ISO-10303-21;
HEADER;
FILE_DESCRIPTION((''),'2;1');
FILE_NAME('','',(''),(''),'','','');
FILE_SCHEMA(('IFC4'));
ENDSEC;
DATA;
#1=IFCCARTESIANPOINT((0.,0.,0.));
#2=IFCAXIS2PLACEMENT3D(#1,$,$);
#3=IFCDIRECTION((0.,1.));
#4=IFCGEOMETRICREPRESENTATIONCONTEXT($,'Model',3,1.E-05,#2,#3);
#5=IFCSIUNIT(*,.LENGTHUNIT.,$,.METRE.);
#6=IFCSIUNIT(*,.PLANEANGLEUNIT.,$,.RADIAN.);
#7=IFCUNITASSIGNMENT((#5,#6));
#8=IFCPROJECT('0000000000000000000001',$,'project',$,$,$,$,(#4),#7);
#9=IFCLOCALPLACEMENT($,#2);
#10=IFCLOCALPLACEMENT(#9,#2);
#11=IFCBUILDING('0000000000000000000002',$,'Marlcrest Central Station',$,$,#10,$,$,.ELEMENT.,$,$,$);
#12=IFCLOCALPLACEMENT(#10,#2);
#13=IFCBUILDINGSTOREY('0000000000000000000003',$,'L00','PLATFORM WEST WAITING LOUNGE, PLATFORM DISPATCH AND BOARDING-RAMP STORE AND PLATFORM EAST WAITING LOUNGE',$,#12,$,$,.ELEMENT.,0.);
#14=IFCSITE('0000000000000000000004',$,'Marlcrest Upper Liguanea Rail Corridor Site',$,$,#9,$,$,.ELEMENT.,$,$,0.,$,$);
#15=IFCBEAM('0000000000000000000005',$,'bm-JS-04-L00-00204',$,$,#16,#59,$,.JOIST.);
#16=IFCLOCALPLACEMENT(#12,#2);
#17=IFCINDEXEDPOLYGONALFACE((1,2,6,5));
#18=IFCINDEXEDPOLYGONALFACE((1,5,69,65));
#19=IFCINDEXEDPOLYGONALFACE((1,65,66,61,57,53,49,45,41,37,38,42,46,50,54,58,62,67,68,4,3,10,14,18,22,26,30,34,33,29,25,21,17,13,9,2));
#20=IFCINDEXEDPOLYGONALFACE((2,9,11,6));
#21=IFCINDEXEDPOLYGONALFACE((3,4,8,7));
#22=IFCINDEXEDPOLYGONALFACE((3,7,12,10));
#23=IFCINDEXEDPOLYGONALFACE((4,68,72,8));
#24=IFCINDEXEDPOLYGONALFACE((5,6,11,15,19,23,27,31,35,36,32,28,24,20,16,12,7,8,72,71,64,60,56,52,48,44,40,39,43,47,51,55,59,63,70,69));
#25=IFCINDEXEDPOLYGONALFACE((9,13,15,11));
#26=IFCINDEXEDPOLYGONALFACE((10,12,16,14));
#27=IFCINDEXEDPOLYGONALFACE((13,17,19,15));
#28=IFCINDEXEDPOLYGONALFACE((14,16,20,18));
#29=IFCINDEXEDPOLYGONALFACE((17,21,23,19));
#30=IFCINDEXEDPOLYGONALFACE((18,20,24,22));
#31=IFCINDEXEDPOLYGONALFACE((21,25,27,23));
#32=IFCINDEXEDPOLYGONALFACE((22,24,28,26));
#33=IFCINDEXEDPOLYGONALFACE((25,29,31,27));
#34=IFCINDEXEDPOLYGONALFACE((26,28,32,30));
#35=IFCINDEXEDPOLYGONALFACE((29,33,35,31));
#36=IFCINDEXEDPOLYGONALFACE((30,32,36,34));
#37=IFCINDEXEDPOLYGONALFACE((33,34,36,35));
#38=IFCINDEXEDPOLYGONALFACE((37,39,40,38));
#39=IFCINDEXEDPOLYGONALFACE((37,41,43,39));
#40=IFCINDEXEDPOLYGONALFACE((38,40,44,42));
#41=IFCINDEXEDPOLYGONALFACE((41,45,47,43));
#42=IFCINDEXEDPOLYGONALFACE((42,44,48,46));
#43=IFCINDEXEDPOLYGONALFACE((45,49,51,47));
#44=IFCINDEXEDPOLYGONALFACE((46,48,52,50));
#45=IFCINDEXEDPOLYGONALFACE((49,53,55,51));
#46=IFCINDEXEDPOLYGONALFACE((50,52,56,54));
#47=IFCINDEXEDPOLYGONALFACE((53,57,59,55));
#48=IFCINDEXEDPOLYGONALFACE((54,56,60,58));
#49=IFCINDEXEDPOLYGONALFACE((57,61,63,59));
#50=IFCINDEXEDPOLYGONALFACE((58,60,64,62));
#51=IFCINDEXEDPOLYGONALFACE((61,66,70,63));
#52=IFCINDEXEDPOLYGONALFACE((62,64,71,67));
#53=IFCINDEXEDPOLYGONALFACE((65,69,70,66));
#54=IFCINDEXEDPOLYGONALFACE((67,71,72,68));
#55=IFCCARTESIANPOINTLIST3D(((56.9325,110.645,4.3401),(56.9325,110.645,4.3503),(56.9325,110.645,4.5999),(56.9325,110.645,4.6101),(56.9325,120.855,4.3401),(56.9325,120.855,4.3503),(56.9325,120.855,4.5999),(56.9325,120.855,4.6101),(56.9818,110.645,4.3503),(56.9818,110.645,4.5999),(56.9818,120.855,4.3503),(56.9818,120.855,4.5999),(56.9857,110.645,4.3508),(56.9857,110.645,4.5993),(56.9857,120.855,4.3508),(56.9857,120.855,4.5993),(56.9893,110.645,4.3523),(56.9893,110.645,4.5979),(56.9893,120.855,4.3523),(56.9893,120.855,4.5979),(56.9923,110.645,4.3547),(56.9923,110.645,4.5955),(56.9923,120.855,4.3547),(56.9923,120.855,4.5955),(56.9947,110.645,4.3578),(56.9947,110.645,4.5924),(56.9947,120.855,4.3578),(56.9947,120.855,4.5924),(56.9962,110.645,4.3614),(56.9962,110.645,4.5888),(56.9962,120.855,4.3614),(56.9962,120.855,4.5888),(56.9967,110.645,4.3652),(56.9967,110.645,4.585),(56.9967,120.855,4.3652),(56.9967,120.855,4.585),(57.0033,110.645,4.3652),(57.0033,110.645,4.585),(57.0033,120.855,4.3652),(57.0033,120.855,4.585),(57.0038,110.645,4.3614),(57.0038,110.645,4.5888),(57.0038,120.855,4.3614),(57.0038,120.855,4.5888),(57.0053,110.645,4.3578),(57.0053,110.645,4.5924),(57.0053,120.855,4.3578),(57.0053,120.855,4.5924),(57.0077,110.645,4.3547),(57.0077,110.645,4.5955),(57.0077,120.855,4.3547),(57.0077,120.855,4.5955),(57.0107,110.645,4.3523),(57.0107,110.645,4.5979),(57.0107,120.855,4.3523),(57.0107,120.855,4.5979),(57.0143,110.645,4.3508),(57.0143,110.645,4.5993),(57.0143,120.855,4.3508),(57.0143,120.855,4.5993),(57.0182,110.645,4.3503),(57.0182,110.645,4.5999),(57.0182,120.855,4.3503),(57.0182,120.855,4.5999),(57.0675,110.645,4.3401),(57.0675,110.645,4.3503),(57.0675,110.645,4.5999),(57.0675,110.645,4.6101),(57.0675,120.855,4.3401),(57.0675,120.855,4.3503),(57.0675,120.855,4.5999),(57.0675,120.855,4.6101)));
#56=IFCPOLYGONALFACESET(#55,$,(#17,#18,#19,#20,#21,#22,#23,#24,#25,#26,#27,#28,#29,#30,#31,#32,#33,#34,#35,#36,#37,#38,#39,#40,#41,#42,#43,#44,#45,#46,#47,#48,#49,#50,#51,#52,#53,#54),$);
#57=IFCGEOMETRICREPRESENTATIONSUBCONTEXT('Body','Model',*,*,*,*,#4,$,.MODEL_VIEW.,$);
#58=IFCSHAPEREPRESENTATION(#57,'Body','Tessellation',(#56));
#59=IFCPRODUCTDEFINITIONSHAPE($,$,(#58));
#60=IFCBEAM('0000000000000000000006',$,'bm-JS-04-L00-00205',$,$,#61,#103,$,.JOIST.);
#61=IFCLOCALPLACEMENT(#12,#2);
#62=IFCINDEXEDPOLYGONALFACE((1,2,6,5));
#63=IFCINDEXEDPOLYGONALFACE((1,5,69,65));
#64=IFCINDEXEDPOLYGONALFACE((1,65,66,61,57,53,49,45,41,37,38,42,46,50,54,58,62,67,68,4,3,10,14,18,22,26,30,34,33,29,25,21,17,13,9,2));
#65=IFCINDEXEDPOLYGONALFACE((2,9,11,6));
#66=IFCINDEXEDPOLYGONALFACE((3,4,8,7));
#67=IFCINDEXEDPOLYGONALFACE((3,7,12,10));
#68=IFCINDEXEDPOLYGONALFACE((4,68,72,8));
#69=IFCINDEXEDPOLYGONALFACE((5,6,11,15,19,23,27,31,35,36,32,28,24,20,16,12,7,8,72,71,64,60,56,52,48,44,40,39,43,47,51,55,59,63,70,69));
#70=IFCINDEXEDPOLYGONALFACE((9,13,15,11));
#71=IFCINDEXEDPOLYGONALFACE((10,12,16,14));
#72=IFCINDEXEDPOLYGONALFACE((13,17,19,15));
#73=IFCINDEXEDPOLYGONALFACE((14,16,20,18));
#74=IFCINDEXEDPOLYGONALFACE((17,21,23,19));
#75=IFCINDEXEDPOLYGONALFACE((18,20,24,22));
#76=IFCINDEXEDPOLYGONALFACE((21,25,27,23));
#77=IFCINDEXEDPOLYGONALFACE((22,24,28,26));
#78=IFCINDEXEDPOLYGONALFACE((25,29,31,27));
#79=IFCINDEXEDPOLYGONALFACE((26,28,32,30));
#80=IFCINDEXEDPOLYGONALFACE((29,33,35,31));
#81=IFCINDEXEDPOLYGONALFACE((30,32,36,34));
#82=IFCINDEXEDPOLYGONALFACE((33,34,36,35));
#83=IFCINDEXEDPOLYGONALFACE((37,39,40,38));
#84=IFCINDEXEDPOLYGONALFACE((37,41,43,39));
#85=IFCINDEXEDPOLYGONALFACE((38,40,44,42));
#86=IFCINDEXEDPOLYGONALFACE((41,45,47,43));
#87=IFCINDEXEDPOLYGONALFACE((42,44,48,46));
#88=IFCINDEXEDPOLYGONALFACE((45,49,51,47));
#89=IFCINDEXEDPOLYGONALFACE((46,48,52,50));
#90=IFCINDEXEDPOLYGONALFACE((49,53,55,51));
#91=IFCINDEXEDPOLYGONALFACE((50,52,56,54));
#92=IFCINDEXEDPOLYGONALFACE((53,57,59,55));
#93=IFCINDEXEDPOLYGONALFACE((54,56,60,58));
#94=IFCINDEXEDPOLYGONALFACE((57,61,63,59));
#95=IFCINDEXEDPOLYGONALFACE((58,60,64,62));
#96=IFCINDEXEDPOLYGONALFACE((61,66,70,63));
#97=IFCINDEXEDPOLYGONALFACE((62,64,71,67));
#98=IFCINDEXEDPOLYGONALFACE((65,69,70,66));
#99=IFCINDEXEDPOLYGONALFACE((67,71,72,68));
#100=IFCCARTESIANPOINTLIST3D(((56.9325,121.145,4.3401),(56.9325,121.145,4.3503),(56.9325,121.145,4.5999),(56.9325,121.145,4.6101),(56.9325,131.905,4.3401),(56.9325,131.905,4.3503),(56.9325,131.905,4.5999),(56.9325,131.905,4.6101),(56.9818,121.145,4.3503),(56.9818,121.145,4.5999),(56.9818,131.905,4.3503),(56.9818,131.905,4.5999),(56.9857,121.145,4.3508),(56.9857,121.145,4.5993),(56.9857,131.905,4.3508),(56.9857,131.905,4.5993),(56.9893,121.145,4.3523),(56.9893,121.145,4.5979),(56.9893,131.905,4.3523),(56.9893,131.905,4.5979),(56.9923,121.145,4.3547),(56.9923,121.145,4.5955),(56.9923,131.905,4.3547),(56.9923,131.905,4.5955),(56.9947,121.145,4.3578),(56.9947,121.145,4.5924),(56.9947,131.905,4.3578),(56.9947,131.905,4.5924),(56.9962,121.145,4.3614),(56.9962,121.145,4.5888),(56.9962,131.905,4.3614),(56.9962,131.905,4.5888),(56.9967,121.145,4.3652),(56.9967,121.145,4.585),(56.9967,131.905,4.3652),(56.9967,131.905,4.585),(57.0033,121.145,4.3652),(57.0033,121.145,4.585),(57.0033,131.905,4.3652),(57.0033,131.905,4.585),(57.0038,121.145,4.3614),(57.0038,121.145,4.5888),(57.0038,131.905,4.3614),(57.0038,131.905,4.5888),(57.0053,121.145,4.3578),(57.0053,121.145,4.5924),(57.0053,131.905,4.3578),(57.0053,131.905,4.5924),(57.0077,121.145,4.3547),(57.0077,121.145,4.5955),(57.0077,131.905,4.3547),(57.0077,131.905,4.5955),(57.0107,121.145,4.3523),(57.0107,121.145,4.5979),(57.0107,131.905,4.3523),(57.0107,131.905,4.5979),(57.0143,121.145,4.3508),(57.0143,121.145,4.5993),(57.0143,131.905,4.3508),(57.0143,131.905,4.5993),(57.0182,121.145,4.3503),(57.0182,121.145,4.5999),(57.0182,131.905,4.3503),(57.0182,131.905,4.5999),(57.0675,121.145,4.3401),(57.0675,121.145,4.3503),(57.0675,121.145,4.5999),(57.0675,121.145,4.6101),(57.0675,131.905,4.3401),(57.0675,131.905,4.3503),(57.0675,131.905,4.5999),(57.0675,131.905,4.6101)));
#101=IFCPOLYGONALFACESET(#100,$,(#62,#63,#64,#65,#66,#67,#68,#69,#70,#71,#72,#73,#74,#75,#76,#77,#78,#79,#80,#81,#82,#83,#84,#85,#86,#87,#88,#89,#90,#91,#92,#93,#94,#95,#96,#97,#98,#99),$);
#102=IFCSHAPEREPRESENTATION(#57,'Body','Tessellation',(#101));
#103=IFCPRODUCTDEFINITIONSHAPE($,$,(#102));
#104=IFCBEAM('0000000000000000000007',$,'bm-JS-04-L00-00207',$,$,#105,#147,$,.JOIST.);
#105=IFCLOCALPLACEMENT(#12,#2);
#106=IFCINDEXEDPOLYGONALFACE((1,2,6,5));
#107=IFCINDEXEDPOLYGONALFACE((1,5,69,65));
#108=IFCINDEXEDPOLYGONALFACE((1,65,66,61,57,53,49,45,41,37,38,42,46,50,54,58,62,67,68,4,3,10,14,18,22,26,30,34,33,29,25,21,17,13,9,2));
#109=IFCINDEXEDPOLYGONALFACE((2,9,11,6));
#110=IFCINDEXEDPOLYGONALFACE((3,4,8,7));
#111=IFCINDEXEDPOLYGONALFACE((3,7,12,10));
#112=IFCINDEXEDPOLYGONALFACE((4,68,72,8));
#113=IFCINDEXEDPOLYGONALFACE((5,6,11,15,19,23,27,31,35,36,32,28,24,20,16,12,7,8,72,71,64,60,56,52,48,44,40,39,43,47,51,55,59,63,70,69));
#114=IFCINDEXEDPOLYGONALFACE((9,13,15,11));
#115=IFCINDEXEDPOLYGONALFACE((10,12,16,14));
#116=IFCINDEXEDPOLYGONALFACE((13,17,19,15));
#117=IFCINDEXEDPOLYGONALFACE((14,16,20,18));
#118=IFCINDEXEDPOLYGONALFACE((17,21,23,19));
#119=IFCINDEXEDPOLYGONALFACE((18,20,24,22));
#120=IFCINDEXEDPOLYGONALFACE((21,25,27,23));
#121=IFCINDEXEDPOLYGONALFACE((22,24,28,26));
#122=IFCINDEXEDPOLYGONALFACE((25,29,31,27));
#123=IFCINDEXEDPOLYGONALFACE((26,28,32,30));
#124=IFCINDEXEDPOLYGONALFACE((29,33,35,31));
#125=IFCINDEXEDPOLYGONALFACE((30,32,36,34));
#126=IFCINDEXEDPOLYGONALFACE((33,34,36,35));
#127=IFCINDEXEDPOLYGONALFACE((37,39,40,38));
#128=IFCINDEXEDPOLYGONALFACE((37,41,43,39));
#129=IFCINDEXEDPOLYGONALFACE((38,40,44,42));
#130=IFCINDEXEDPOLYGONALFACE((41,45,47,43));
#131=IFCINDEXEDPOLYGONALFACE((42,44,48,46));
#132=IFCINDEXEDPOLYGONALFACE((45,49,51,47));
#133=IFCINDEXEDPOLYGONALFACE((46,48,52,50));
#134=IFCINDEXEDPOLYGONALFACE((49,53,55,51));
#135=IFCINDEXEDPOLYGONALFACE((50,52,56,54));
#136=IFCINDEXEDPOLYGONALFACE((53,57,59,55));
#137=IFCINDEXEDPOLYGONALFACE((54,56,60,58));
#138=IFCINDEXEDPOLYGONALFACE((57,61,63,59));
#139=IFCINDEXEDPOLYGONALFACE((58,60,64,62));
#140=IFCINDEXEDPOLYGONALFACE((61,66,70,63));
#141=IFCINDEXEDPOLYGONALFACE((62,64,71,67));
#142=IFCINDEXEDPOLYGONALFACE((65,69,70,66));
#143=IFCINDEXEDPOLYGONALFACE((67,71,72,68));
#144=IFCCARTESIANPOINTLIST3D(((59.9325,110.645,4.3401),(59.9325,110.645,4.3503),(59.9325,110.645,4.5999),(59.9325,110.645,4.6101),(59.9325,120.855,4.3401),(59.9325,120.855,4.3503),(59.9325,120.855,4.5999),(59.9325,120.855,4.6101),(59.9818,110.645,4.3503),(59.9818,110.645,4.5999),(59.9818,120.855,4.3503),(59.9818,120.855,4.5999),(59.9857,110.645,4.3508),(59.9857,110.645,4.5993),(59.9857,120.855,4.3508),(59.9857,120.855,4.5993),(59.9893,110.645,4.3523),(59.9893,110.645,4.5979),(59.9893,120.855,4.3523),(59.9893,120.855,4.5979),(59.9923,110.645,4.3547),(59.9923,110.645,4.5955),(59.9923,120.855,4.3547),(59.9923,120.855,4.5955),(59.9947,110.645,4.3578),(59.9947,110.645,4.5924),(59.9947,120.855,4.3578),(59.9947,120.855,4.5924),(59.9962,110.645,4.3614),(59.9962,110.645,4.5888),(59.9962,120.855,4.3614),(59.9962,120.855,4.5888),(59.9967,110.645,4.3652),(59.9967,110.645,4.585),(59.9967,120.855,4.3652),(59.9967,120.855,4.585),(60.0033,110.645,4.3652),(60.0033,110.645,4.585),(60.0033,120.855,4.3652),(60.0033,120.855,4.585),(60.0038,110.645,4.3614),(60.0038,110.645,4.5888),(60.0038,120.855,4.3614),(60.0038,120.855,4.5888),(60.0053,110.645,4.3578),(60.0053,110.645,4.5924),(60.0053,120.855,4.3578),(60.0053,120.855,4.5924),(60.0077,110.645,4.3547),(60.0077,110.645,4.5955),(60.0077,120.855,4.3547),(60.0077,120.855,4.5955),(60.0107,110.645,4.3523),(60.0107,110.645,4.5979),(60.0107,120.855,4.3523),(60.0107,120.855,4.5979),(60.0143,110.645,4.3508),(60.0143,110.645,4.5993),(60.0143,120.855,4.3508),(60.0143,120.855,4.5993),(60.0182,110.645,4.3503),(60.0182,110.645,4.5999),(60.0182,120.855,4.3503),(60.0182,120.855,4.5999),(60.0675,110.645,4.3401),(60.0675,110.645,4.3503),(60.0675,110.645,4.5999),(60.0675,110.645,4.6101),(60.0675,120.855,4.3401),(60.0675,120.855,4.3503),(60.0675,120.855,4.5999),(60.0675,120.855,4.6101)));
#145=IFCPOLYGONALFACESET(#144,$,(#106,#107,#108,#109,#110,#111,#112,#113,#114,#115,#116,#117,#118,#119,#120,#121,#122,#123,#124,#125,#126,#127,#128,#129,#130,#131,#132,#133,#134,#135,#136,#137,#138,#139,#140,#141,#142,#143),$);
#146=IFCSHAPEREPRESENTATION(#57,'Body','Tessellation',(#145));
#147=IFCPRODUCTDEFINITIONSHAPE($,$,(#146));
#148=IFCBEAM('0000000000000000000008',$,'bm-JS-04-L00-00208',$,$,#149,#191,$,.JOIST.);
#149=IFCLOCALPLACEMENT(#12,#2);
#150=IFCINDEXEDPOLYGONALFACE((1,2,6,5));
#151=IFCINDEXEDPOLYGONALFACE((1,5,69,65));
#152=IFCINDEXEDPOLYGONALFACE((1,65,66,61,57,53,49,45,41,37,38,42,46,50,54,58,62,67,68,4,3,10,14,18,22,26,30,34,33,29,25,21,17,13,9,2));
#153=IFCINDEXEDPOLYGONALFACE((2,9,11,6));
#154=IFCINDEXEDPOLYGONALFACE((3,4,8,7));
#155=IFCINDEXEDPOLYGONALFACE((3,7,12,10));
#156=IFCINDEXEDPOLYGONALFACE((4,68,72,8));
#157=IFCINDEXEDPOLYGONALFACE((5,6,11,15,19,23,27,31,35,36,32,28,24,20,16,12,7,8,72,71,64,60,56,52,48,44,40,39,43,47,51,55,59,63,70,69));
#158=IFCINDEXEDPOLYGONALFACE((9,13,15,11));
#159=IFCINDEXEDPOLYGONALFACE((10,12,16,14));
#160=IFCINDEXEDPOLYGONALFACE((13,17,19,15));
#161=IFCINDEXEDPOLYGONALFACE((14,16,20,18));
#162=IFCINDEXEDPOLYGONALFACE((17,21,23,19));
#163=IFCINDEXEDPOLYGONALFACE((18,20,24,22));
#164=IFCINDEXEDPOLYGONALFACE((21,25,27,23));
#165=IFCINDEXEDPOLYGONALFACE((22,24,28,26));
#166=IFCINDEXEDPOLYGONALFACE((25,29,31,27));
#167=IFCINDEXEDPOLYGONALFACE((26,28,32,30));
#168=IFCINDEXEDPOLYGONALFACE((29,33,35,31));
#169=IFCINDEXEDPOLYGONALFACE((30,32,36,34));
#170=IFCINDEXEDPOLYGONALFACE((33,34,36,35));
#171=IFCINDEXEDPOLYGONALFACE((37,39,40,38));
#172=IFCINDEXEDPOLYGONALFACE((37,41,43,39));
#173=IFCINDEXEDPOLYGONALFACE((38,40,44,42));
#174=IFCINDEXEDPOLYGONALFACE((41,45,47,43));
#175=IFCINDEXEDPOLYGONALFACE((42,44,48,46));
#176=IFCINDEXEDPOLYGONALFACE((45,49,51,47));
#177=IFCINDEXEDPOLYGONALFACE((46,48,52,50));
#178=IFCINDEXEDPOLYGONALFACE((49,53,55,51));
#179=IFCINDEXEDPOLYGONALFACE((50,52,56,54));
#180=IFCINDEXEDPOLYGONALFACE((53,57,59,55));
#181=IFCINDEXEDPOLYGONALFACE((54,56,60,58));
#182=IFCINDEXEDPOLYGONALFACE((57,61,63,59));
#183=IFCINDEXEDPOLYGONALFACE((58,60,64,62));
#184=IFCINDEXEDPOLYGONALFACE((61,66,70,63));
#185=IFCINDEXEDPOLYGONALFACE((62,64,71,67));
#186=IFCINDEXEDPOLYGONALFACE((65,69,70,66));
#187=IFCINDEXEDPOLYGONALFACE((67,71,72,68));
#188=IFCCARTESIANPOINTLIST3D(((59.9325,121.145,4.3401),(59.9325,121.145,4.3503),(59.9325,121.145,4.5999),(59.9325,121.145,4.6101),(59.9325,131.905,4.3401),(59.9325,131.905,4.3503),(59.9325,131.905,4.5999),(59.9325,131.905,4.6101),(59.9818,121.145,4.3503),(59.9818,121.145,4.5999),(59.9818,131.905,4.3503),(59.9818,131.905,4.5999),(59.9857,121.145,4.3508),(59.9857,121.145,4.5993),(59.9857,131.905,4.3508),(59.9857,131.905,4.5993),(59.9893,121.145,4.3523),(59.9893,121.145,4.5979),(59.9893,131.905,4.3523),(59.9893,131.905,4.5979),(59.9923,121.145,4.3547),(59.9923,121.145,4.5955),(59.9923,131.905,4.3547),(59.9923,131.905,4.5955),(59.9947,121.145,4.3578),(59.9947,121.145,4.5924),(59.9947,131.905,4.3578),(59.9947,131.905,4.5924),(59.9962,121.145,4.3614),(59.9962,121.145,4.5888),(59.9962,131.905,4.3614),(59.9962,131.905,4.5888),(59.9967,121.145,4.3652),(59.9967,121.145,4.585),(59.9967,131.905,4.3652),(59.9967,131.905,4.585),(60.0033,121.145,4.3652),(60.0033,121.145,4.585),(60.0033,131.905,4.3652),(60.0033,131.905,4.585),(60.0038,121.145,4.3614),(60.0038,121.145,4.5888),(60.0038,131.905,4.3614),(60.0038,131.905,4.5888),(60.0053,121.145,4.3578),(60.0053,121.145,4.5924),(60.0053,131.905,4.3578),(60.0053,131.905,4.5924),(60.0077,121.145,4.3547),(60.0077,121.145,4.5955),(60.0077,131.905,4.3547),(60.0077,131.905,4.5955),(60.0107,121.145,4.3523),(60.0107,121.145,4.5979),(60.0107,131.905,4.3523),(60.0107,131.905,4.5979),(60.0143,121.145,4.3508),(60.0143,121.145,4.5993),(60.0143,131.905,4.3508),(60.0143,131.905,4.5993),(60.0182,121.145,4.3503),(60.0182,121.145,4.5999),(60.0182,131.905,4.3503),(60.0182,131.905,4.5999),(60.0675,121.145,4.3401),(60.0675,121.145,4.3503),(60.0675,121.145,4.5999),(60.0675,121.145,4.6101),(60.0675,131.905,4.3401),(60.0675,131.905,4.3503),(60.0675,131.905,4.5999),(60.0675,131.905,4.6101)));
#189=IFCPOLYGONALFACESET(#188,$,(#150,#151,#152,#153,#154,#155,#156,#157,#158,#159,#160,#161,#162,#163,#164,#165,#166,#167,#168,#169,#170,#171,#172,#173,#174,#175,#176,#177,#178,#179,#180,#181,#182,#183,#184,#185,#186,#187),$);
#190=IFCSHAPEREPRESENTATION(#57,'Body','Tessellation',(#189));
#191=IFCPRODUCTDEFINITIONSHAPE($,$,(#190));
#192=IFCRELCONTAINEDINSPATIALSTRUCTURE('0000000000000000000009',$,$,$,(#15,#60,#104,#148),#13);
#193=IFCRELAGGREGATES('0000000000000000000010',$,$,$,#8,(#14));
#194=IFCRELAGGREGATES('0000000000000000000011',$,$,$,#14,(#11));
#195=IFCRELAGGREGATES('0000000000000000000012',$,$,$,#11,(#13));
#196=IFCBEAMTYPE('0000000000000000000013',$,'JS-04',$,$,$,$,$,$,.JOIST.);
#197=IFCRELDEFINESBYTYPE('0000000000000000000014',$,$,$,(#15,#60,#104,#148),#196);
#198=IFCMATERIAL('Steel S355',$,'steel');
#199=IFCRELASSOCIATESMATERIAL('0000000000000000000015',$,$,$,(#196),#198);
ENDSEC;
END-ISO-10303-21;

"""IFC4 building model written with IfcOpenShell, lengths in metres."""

from ifc_helpers import new_model, si_unit, direction, frame, origin, origin_2d, place, context, subcontext, project, spatial, i_section, extrude, material, material_profile, profile_set, type_object, element, save


model = new_model("IFC4")

# Units and contexts
model_context = context("Model", 3, precision=1e-05, world=origin(), true_north=direction((0.0, 1.0)))
body_context = subcontext(model_context, "Body", "Model", "MODEL_VIEW")
ifc_project = project(units=[si_unit("LENGTHUNIT", "METRE"), si_unit("PLANEANGLEUNIT", "RADIAN")], contexts=[model_context])

# Site, building, storey
site_placement = place(None, origin())
site = spatial("IfcSite", under=ifc_project, at=site_placement, Name="Marlcrest Upper Liguanea Rail Corridor Site", CompositionType="ELEMENT", RefElevation=0.0)
building_placement = place(site_placement, origin())
building = spatial("IfcBuilding", under=site, at=building_placement, Name="Marlcrest Central Station", CompositionType="ELEMENT")
storey_placement = place(building_placement, origin())
storey = spatial("IfcBuildingStorey", under=building, at=storey_placement, Name="L00", Description="PLATFORM WEST WAITING LOUNGE, PLATFORM DISPATCH AND BOARDING-RAMP STORE AND PLATFORM EAST WAITING LOUNGE", CompositionType="ELEMENT", Elevation=0.0)

# Shared definitions
ifc_material_1 = material(Name="Steel S355", Category="steel")

# Beams
ifc_material_profile_1 = material_profile(ifc_material_1, i_section(OverallWidth=0.135, OverallDepth=0.27, WebThickness=0.0066, FlangeThickness=0.0103, FilletRadius=0.0149, at=origin_2d()), Name="IPE 270")
ifc_profile_set_1 = profile_set([ifc_material_profile_1], Name="Steel S355")
beam_type_1 = type_object("IfcBeamType", Name="JS-04", PredefinedType="JOIST", material=ifc_profile_set_1)
beam_1_placement = place(storey_placement, frame((57.0, 110.645, 4.4751), z_axis=(0.0, 1.0, 0.0), x_axis=(-1.0, 0.0, 0.0)))
element("IfcBeam", 1, at=beam_1_placement, inside=storey, type_object=beam_type_1, Name="bm-JS-04-L00-00204", PredefinedType="JOIST", context=body_context, shape_type="SweptSolid", body=[
    extrude(i_section(OverallWidth=0.135, OverallDepth=0.27, WebThickness=0.0066, FlangeThickness=0.0103, FilletRadius=0.0149, at=origin_2d()), origin(), (0.0, 0.0, 1.0), 10.21),
])
beam_2_placement = place(storey_placement, frame((57.0, 121.145, 4.4751), z_axis=(0.0, 1.0, 0.0), x_axis=(-1.0, 0.0, 0.0)))
element("IfcBeam", 2, at=beam_2_placement, inside=storey, type_object=beam_type_1, Name="bm-JS-04-L00-00205", PredefinedType="JOIST", context=body_context, shape_type="SweptSolid", body=[
    extrude(i_section(OverallWidth=0.135, OverallDepth=0.27, WebThickness=0.0066, FlangeThickness=0.0103, FilletRadius=0.0149, at=origin_2d()), origin(), (0.0, 0.0, 1.0), 10.76),
])
beam_3_placement = place(storey_placement, frame((60.0, 110.645, 4.4751), z_axis=(0.0, 1.0, 0.0), x_axis=(-1.0, 0.0, 0.0)))
element("IfcBeam", 3, at=beam_3_placement, inside=storey, type_object=beam_type_1, Name="bm-JS-04-L00-00207", PredefinedType="JOIST", context=body_context, shape_type="SweptSolid", body=[
    extrude(i_section(OverallWidth=0.135, OverallDepth=0.27, WebThickness=0.0066, FlangeThickness=0.0103, FilletRadius=0.0149, at=origin_2d()), origin(), (0.0, 0.0, 1.0), 10.21),
])
beam_4_placement = place(storey_placement, frame((60.0, 121.145, 4.4751), z_axis=(0.0, 1.0, 0.0), x_axis=(-1.0, 0.0, 0.0)))
element("IfcBeam", 4, at=beam_4_placement, inside=storey, type_object=beam_type_1, Name="bm-JS-04-L00-00208", PredefinedType="JOIST", context=body_context, shape_type="SweptSolid", body=[
    extrude(i_section(OverallWidth=0.135, OverallDepth=0.27, WebThickness=0.0066, FlangeThickness=0.0103, FilletRadius=0.0149, at=origin_2d()), origin(), (0.0, 0.0, 1.0), 10.76),
])

save(model, "model.ifc")
